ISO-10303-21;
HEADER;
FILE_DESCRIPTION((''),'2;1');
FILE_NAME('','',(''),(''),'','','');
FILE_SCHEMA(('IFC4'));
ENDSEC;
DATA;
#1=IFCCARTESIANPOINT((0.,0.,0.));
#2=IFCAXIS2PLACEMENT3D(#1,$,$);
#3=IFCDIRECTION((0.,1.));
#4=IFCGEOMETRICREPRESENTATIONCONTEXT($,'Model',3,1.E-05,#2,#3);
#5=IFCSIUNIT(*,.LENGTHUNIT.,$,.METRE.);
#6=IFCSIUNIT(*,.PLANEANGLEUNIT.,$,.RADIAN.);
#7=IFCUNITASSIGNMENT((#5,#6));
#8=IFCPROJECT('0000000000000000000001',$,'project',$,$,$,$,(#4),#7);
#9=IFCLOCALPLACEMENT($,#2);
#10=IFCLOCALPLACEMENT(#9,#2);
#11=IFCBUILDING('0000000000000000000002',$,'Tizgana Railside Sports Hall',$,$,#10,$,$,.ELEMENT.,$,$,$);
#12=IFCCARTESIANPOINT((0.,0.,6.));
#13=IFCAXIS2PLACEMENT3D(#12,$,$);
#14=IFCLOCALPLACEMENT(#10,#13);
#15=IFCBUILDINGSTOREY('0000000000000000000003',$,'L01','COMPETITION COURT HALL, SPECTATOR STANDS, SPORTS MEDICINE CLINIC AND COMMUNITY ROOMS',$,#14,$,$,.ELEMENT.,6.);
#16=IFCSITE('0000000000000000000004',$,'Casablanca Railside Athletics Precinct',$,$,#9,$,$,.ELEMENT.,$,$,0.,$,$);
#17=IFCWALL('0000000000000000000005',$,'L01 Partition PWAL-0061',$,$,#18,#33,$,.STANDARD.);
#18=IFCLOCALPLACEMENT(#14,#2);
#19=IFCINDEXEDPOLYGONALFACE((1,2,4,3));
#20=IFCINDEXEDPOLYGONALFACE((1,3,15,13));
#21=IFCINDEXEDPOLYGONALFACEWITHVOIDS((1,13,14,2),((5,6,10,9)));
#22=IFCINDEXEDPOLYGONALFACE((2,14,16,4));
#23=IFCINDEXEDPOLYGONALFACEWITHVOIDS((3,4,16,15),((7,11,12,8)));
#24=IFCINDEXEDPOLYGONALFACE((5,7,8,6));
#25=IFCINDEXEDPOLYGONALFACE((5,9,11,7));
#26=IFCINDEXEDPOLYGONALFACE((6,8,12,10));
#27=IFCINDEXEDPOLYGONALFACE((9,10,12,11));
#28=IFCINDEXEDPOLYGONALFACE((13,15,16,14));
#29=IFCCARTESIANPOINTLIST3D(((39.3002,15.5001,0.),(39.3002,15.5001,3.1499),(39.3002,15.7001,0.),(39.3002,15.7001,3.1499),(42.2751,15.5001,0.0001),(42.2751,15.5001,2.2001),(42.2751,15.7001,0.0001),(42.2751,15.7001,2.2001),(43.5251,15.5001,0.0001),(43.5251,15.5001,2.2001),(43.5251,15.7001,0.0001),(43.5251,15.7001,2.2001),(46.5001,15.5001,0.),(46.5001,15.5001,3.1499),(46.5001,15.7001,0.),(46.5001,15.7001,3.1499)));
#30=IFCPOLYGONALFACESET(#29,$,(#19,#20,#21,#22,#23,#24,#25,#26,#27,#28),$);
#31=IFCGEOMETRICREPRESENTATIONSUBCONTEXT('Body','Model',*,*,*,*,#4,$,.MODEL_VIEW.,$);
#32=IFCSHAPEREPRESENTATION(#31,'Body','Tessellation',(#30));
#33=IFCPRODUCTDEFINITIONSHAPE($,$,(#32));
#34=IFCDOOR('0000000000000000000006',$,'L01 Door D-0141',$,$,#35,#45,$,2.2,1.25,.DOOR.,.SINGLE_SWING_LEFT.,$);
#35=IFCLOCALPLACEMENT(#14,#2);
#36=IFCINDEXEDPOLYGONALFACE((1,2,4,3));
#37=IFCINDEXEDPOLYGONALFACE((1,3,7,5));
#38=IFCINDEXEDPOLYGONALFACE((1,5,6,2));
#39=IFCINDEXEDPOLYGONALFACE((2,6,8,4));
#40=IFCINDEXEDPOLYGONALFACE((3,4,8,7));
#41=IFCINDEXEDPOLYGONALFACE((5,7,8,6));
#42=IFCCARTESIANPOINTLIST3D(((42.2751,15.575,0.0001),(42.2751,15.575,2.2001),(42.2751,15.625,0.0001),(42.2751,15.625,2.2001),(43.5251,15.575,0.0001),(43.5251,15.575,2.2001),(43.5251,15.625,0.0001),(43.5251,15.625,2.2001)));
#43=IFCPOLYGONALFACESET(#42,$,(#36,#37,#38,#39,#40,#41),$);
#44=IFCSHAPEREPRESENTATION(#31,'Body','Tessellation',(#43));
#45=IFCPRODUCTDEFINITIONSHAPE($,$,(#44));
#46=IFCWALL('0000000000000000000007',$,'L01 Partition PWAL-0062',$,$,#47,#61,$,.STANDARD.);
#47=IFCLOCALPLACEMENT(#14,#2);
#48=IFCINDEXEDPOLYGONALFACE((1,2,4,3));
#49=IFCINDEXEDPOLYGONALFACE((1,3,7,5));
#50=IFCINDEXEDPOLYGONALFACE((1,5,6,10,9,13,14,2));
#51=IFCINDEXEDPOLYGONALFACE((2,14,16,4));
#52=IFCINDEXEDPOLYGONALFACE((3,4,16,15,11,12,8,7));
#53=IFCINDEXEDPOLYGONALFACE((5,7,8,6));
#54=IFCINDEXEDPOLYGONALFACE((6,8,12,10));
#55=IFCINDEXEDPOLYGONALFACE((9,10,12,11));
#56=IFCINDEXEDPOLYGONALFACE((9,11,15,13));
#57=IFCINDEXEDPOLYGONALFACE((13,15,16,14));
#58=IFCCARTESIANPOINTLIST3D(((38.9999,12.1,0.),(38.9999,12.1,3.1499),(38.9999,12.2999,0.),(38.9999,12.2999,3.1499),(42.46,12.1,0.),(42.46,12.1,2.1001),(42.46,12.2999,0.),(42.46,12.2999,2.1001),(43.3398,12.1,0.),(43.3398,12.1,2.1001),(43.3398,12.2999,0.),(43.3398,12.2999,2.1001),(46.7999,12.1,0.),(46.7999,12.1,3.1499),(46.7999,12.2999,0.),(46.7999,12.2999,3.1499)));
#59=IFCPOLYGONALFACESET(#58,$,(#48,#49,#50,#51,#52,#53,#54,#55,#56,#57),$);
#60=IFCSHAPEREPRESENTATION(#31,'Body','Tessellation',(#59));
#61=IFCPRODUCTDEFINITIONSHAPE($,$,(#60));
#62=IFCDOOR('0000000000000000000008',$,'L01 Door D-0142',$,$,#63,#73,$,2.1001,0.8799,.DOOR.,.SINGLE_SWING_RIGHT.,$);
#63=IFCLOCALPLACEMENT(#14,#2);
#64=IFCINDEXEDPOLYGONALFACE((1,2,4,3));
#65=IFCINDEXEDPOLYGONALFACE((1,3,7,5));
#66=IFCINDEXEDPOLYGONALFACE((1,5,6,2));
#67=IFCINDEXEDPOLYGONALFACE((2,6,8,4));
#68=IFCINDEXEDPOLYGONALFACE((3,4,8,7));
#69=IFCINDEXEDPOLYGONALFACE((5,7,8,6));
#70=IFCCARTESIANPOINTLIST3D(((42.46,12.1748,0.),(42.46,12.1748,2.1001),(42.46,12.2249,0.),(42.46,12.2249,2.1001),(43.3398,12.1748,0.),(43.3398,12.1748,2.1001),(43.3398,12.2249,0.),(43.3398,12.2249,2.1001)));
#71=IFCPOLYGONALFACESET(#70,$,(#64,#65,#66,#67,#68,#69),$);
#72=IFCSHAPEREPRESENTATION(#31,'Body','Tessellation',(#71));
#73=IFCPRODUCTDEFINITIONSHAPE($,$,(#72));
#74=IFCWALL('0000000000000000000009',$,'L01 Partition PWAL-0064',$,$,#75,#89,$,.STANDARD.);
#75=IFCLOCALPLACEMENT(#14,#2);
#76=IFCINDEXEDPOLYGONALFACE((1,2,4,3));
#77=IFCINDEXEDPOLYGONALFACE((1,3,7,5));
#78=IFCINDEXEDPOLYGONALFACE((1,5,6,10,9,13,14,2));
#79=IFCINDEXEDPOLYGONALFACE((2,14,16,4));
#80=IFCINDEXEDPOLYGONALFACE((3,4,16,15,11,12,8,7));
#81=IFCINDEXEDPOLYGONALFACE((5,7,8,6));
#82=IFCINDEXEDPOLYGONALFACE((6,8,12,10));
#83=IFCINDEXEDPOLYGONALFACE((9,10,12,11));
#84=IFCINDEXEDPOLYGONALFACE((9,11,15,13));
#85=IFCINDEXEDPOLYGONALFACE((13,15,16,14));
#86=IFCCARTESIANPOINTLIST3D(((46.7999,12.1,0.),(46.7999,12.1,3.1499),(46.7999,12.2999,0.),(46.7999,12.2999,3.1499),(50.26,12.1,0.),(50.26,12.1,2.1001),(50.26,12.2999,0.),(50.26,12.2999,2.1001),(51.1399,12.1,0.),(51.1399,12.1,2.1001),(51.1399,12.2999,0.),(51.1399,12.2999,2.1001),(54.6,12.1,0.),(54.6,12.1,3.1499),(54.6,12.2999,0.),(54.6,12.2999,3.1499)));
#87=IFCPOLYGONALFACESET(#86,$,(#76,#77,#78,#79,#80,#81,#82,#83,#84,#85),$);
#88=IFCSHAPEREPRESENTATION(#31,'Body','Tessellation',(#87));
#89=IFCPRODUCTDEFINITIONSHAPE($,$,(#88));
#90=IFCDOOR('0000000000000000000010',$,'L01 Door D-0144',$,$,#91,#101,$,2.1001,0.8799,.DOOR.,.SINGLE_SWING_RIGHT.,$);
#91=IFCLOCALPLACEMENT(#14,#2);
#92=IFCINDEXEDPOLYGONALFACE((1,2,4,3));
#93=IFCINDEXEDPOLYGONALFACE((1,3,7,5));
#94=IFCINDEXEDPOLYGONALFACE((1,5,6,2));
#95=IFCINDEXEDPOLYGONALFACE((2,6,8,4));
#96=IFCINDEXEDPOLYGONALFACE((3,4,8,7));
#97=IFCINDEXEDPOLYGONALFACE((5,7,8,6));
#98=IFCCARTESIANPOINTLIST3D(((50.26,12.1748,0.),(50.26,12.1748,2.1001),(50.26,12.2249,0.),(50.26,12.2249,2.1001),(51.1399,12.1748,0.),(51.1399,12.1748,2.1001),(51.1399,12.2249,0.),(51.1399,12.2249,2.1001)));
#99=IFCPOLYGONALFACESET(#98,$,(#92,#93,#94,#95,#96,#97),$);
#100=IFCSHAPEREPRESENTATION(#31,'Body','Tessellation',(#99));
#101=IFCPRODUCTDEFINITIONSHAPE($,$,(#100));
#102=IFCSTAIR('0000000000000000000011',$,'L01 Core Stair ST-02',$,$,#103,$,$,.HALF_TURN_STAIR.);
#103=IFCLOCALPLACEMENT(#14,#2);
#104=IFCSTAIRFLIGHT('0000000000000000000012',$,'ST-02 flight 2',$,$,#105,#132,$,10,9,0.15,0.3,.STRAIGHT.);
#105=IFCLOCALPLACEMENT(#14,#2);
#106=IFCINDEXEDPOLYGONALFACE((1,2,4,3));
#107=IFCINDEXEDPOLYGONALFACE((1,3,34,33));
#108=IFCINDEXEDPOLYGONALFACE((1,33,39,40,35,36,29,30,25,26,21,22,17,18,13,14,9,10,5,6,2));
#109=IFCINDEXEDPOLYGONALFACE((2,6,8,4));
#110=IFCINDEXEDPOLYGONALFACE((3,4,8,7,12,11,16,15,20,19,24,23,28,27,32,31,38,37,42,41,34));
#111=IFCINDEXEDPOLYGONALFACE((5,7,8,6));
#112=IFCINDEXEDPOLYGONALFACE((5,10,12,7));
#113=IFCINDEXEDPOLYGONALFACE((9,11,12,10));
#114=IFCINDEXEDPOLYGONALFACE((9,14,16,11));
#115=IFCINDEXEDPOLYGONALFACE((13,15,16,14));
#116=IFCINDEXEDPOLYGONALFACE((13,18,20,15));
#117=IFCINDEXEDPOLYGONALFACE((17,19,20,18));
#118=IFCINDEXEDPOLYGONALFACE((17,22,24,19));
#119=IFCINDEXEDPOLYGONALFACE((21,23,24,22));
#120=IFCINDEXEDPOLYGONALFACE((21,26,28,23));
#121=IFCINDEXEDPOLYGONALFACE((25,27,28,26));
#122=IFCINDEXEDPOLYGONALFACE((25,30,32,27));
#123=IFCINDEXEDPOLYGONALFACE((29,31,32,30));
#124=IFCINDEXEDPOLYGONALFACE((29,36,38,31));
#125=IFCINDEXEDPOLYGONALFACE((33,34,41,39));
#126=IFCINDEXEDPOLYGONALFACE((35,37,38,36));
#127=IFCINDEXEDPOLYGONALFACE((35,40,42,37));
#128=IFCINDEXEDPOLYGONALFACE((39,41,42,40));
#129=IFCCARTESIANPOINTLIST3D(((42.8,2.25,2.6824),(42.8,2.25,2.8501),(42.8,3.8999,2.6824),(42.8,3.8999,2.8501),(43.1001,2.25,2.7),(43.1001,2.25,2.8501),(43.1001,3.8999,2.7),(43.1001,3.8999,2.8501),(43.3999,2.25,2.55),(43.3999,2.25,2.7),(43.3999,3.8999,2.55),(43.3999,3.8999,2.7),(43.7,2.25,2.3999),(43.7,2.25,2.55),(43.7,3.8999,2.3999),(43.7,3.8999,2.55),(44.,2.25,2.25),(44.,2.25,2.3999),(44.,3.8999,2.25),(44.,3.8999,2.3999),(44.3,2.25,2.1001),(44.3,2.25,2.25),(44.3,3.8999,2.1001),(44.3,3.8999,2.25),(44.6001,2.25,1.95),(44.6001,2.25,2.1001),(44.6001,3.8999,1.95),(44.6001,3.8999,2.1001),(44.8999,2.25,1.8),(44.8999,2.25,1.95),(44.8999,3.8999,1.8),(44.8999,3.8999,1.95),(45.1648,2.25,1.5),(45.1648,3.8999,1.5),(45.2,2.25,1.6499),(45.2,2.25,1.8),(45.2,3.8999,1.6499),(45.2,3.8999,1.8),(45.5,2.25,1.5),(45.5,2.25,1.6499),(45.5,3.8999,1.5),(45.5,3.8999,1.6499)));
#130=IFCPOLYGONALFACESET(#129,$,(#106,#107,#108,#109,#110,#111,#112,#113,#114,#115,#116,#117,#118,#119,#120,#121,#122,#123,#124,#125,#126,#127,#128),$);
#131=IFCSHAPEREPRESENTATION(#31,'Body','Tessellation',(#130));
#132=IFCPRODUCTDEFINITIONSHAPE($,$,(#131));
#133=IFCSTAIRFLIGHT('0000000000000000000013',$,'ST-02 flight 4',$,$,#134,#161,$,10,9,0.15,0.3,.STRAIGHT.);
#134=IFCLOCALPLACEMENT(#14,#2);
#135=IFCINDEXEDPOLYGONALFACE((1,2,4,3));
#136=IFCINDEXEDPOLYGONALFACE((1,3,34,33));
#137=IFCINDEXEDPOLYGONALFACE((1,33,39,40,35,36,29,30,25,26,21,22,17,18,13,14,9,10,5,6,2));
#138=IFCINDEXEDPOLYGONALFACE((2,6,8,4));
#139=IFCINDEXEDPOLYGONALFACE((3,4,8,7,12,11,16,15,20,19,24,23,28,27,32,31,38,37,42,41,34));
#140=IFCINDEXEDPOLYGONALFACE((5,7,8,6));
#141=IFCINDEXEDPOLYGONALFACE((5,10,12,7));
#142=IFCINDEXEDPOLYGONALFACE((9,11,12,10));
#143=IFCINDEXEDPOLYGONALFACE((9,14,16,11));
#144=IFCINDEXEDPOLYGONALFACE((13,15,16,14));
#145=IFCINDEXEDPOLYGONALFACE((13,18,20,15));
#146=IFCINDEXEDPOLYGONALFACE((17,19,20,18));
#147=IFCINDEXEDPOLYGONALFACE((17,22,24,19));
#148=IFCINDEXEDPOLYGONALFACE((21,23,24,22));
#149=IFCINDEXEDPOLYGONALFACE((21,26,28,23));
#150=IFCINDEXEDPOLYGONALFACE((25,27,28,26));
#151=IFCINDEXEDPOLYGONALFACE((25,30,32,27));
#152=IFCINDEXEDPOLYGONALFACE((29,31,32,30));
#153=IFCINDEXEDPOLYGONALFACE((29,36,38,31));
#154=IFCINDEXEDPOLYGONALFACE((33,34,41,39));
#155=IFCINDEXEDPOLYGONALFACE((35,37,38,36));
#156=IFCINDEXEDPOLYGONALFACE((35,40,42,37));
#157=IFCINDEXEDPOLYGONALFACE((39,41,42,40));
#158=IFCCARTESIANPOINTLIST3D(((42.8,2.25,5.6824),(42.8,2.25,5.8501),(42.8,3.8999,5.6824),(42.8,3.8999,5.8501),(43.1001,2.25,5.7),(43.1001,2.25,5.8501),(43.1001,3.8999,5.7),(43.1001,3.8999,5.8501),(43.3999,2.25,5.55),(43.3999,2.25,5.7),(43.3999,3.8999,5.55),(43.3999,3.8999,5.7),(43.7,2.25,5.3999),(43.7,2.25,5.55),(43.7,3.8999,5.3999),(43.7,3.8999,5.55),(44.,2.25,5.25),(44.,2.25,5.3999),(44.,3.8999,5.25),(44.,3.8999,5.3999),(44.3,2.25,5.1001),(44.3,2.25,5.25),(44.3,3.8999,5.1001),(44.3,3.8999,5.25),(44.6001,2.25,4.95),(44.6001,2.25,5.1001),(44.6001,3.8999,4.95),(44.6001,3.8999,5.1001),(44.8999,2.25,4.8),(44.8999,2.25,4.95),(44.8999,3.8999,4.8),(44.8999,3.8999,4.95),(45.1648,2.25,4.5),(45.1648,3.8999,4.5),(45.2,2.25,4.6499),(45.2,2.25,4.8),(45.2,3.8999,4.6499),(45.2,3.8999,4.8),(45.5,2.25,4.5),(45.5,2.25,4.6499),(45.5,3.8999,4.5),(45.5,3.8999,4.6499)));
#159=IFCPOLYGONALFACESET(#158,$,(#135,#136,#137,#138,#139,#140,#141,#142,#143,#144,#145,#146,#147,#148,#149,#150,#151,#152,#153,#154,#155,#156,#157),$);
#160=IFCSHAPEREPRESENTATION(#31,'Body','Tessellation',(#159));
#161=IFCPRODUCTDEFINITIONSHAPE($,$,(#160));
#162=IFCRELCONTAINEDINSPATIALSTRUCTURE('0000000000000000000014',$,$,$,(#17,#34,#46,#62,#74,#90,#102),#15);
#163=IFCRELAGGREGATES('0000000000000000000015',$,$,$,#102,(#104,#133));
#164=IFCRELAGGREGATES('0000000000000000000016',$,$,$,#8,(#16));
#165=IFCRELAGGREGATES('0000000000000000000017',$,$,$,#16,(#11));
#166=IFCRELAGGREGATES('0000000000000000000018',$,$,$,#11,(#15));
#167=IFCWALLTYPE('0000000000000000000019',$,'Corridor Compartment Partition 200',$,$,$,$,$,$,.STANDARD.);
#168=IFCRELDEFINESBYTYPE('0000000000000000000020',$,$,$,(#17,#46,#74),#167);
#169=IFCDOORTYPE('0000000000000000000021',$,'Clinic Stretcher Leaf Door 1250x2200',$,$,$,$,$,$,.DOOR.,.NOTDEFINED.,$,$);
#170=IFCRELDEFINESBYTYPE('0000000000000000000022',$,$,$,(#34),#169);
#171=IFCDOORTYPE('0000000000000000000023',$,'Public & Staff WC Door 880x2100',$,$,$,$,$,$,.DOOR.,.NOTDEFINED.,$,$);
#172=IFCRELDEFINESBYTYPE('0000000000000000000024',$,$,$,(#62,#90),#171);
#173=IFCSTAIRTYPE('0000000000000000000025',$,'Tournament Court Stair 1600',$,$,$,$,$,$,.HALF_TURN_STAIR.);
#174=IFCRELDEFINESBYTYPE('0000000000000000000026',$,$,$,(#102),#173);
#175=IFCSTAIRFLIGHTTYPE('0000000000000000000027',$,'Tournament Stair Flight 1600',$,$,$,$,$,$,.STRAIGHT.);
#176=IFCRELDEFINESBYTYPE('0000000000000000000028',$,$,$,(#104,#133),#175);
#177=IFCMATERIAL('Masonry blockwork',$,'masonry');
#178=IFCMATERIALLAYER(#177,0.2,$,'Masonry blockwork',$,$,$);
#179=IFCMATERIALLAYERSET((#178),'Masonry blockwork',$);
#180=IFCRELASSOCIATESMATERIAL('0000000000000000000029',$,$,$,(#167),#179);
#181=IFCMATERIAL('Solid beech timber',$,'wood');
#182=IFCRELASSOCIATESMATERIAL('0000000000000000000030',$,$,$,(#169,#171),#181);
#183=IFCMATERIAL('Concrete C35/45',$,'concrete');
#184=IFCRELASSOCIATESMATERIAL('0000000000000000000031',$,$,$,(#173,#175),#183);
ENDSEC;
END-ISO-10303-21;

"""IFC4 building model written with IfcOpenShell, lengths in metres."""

from ifc_helpers import new_model, si_unit, direction, frame, frame_2d, origin, place, context, subcontext, project, spatial, polyline, rectangle, outline, extrude, material, layer, layer_set, type_object, element, fill, aggregate, save


model = new_model("IFC4")

# Units and contexts
model_context = context("Model", 3, precision=1e-05, world=origin(), true_north=direction((0.0, 1.0)))
body_context = subcontext(model_context, "Body", "Model", "MODEL_VIEW")
ifc_project = project(units=[si_unit("LENGTHUNIT", "METRE"), si_unit("PLANEANGLEUNIT", "RADIAN")], contexts=[model_context])

# Site, building, storey
site_placement = place(None, origin())
site = spatial("IfcSite", under=ifc_project, at=site_placement, Name="Casablanca Railside Athletics Precinct", CompositionType="ELEMENT", RefElevation=0.0)
building_placement = place(site_placement, origin())
building = spatial("IfcBuilding", under=site, at=building_placement, Name="Tizgana Railside Sports Hall", CompositionType="ELEMENT")
storey_placement = place(building_placement, frame((0.0, 0.0, 6.0)))
storey = spatial("IfcBuildingStorey", under=building, at=storey_placement, Name="L01", Description="COMPETITION COURT HALL, SPECTATOR STANDS, SPORTS MEDICINE CLINIC AND COMMUNITY ROOMS", CompositionType="ELEMENT", Elevation=6.0)

# Shared definitions
ifc_material_1 = material(Name="Concrete C35/45", Category="concrete")

# Shared definitions
ifc_material_2 = material(Name="Solid beech timber", Category="wood")

# Walls, openings, doors
ifc_material_3 = material(Name="Masonry blockwork", Category="masonry")
ifc_layer_1 = layer(ifc_material_3, 0.2, Name="Masonry blockwork")
ifc_layer_set_1 = layer_set([ifc_layer_1], Name="Masonry blockwork")
wall_type_1 = type_object("IfcWallType", Name="Corridor Compartment Partition 200", PredefinedType="STANDARD", material=ifc_layer_set_1)
wall_1_placement = place(storey_placement, frame((39.3, 15.6001, 0.0), z_axis=(0.0, 0.0, 1.0), x_axis=(1.0, 0.0, 0.0)))
wall_1 = element("IfcWall", 1, at=wall_1_placement, inside=storey, type_object=wall_type_1, Name="L01 Partition PWAL-0061", PredefinedType="STANDARD", context=body_context, shape_type="SweptSolid", body=[
    extrude(rectangle(XDim=7.2, YDim=0.2, at=frame_2d((3.6001, 0.0))), origin(), (0.0, 0.0, 1.0), 3.1499),
])
opening_1_placement = place(wall_1_placement, frame((2.9751, 0.0, 0.0)))
opening_1 = element("IfcOpeningElement", 2, at=opening_1_placement, cuts=wall_1, PredefinedType="OPENING", context=body_context, shape_type="SweptSolid", body=[
    extrude(rectangle(XDim=1.25, YDim=2.2, at=frame_2d((0.625, 1.1001))), frame((0.0, 0.1099, 0.0), z_axis=(0.0, -1.0, 0.0), x_axis=(1.0, 0.0, 0.0)), (0.0, 0.0, 1.0), 0.22),
])
door_type_1 = type_object("IfcDoorType", Name="Clinic Stretcher Leaf Door 1250x2200", OperationType="NOTDEFINED", PredefinedType="DOOR", material=ifc_material_2)
door_1_placement = place(opening_1_placement, origin())
door_1 = element("IfcDoor", 3, at=door_1_placement, inside=storey, type_object=door_type_1, Name="L01 Door D-0141", OperationType="SINGLE_SWING_LEFT", OverallHeight=2.2, OverallWidth=1.25, PredefinedType="DOOR", context=body_context, shape_type="SweptSolid", body=[
    extrude(rectangle(XDim=1.25, YDim=2.2, at=frame_2d((0.625, 1.1001))), frame((0.0, 0.0249, 0.0), z_axis=(0.0, -1.0, 0.0), x_axis=(1.0, 0.0, 0.0)), (0.0, 0.0, 1.0), 0.05),
])
fill(opening_1, door_1)
wall_2_placement = place(storey_placement, frame((39.0, 12.2, 0.0), z_axis=(0.0, 0.0, 1.0), x_axis=(1.0, 0.0, 0.0)))
wall_2 = element("IfcWall", 4, at=wall_2_placement, inside=storey, type_object=wall_type_1, Name="L01 Partition PWAL-0062", PredefinedType="STANDARD", context=body_context, shape_type="SweptSolid", body=[
    extrude(rectangle(XDim=7.8, YDim=0.2, at=frame_2d((3.8999, 0.0))), origin(), (0.0, 0.0, 1.0), 3.1499),
])
opening_2_placement = place(wall_2_placement, frame((3.46, 0.0, 0.0)))
opening_2 = element("IfcOpeningElement", 5, at=opening_2_placement, cuts=wall_2, PredefinedType="OPENING", context=body_context, shape_type="SweptSolid", body=[
    extrude(rectangle(XDim=0.8799, YDim=2.1001, at=frame_2d((0.4399, 1.05))), frame((0.0, 0.1099, 0.0), z_axis=(0.0, -1.0, 0.0), x_axis=(1.0, 0.0, 0.0)), (0.0, 0.0, 1.0), 0.22),
])
door_type_2 = type_object("IfcDoorType", Name="Public & Staff WC Door 880x2100", OperationType="NOTDEFINED", PredefinedType="DOOR", material=ifc_material_2)
door_2_placement = place(opening_2_placement, origin())
door_2 = element("IfcDoor", 6, at=door_2_placement, inside=storey, type_object=door_type_2, Name="L01 Door D-0142", OperationType="SINGLE_SWING_RIGHT", OverallHeight=2.1001, OverallWidth=0.8799, PredefinedType="DOOR", context=body_context, shape_type="SweptSolid", body=[
    extrude(rectangle(XDim=0.8799, YDim=2.1001, at=frame_2d((0.4399, 1.05))), frame((0.0, 0.0249, 0.0), z_axis=(0.0, -1.0, 0.0), x_axis=(1.0, 0.0, 0.0)), (0.0, 0.0, 1.0), 0.05),
])
fill(opening_2, door_2)
wall_3_placement = place(storey_placement, frame((46.8, 12.2, 0.0), z_axis=(0.0, 0.0, 1.0), x_axis=(1.0, 0.0, 0.0)))
wall_3 = element("IfcWall", 7, at=wall_3_placement, inside=storey, type_object=wall_type_1, Name="L01 Partition PWAL-0064", PredefinedType="STANDARD", context=body_context, shape_type="SweptSolid", body=[
    extrude(rectangle(XDim=7.8, YDim=0.2, at=frame_2d((3.8999, 0.0))), origin(), (0.0, 0.0, 1.0), 3.1499),
])
opening_3_placement = place(wall_3_placement, frame((3.46, 0.0, 0.0)))
opening_3 = element("IfcOpeningElement", 8, at=opening_3_placement, cuts=wall_3, PredefinedType="OPENING", context=body_context, shape_type="SweptSolid", body=[
    extrude(rectangle(XDim=0.8799, YDim=2.1001, at=frame_2d((0.4399, 1.05))), frame((0.0, 0.1099, 0.0), z_axis=(0.0, -1.0, 0.0), x_axis=(1.0, 0.0, 0.0)), (0.0, 0.0, 1.0), 0.22),
])
door_3_placement = place(opening_3_placement, origin())
door_3 = element("IfcDoor", 9, at=door_3_placement, inside=storey, type_object=door_type_2, Name="L01 Door D-0144", OperationType="SINGLE_SWING_RIGHT", OverallHeight=2.1001, OverallWidth=0.8799, PredefinedType="DOOR", context=body_context, shape_type="SweptSolid", body=[
    extrude(rectangle(XDim=0.8799, YDim=2.1001, at=frame_2d((0.4399, 1.05))), frame((0.0, 0.0249, 0.0), z_axis=(0.0, -1.0, 0.0), x_axis=(1.0, 0.0, 0.0)), (0.0, 0.0, 1.0), 0.05),
])
fill(opening_3, door_3)

# Stair, stair flights
stair_type = type_object("IfcStairType", Name="Tournament Court Stair 1600", PredefinedType="HALF_TURN_STAIR", material=ifc_material_1)
stair_placement = place(storey_placement, origin())
stair = element("IfcStair", 10, at=stair_placement, inside=storey, type_object=stair_type, Name="L01 Core Stair ST-02", PredefinedType="HALF_TURN_STAIR")
stair_flight_type = type_object("IfcStairFlightType", Name="Tournament Stair Flight 1600", PredefinedType="STRAIGHT", material=ifc_material_1)
stair_flight_1_placement = place(storey_placement, frame((45.5, 3.075, 1.5), z_axis=(0.0, 0.0, 1.0), x_axis=(-1.0, 0.0, 0.0)))
stair_flight_1 = element("IfcStairFlight", 11, at=stair_flight_1_placement, type_object=stair_flight_type, Name="ST-02 flight 2", NumberOfRisers=10, NumberOfTreads=9, PredefinedType="STRAIGHT", RiserHeight=0.15, TreadLength=0.3, context=body_context, shape_type="SweptSolid", body=[
    extrude(outline(polyline([(0.0, 0.0), (0.0, 0.1499), (0.3, 0.1499), (0.3, 0.3), (0.6001, 0.3), (0.6001, 0.45), (0.8999, 0.45), (0.8999, 0.6001), (1.2, 0.6001), (1.2, 0.75), (1.5, 0.75), (1.5, 0.8999), (1.8, 0.8999), (1.8, 1.05), (2.1001, 1.05), (2.1001, 1.2), (2.3999, 1.2), (2.3999, 1.3501), (2.7, 1.3501), (2.7, 1.5), (2.7, 1.1824), (0.3352, 0.0), (0.0, 0.0)])), frame((0.0, 0.825, 0.0), z_axis=(0.0, -1.0, 0.0), x_axis=(1.0, 0.0, 0.0)), (0.0, 0.0, 1.0), 1.6499),
])
stair_flight_2_placement = place(storey_placement, frame((45.5, 3.075, 4.5), z_axis=(0.0, 0.0, 1.0), x_axis=(-1.0, 0.0, 0.0)))
stair_flight_2 = element("IfcStairFlight", 12, at=stair_flight_2_placement, type_object=stair_flight_type, Name="ST-02 flight 4", NumberOfRisers=10, NumberOfTreads=9, PredefinedType="STRAIGHT", RiserHeight=0.15, TreadLength=0.3, context=body_context, shape_type="SweptSolid", body=[
    extrude(outline(polyline([(0.0, 0.0), (0.0, 0.1499), (0.3, 0.1499), (0.3, 0.3), (0.6001, 0.3), (0.6001, 0.45), (0.8999, 0.45), (0.8999, 0.6001), (1.2, 0.6001), (1.2, 0.75), (1.5, 0.75), (1.5, 0.8999), (1.8, 0.8999), (1.8, 1.05), (2.1001, 1.05), (2.1001, 1.2), (2.3999, 1.2), (2.3999, 1.3501), (2.7, 1.3501), (2.7, 1.5), (2.7, 1.1824), (0.3352, 0.0), (0.0, 0.0)])), frame((0.0, 0.825, 0.0), z_axis=(0.0, -1.0, 0.0), x_axis=(1.0, 0.0, 0.0)), (0.0, 0.0, 1.0), 1.6499),
])
aggregate(stair, [stair_flight_1, stair_flight_2])

save(model, "model.ifc")
